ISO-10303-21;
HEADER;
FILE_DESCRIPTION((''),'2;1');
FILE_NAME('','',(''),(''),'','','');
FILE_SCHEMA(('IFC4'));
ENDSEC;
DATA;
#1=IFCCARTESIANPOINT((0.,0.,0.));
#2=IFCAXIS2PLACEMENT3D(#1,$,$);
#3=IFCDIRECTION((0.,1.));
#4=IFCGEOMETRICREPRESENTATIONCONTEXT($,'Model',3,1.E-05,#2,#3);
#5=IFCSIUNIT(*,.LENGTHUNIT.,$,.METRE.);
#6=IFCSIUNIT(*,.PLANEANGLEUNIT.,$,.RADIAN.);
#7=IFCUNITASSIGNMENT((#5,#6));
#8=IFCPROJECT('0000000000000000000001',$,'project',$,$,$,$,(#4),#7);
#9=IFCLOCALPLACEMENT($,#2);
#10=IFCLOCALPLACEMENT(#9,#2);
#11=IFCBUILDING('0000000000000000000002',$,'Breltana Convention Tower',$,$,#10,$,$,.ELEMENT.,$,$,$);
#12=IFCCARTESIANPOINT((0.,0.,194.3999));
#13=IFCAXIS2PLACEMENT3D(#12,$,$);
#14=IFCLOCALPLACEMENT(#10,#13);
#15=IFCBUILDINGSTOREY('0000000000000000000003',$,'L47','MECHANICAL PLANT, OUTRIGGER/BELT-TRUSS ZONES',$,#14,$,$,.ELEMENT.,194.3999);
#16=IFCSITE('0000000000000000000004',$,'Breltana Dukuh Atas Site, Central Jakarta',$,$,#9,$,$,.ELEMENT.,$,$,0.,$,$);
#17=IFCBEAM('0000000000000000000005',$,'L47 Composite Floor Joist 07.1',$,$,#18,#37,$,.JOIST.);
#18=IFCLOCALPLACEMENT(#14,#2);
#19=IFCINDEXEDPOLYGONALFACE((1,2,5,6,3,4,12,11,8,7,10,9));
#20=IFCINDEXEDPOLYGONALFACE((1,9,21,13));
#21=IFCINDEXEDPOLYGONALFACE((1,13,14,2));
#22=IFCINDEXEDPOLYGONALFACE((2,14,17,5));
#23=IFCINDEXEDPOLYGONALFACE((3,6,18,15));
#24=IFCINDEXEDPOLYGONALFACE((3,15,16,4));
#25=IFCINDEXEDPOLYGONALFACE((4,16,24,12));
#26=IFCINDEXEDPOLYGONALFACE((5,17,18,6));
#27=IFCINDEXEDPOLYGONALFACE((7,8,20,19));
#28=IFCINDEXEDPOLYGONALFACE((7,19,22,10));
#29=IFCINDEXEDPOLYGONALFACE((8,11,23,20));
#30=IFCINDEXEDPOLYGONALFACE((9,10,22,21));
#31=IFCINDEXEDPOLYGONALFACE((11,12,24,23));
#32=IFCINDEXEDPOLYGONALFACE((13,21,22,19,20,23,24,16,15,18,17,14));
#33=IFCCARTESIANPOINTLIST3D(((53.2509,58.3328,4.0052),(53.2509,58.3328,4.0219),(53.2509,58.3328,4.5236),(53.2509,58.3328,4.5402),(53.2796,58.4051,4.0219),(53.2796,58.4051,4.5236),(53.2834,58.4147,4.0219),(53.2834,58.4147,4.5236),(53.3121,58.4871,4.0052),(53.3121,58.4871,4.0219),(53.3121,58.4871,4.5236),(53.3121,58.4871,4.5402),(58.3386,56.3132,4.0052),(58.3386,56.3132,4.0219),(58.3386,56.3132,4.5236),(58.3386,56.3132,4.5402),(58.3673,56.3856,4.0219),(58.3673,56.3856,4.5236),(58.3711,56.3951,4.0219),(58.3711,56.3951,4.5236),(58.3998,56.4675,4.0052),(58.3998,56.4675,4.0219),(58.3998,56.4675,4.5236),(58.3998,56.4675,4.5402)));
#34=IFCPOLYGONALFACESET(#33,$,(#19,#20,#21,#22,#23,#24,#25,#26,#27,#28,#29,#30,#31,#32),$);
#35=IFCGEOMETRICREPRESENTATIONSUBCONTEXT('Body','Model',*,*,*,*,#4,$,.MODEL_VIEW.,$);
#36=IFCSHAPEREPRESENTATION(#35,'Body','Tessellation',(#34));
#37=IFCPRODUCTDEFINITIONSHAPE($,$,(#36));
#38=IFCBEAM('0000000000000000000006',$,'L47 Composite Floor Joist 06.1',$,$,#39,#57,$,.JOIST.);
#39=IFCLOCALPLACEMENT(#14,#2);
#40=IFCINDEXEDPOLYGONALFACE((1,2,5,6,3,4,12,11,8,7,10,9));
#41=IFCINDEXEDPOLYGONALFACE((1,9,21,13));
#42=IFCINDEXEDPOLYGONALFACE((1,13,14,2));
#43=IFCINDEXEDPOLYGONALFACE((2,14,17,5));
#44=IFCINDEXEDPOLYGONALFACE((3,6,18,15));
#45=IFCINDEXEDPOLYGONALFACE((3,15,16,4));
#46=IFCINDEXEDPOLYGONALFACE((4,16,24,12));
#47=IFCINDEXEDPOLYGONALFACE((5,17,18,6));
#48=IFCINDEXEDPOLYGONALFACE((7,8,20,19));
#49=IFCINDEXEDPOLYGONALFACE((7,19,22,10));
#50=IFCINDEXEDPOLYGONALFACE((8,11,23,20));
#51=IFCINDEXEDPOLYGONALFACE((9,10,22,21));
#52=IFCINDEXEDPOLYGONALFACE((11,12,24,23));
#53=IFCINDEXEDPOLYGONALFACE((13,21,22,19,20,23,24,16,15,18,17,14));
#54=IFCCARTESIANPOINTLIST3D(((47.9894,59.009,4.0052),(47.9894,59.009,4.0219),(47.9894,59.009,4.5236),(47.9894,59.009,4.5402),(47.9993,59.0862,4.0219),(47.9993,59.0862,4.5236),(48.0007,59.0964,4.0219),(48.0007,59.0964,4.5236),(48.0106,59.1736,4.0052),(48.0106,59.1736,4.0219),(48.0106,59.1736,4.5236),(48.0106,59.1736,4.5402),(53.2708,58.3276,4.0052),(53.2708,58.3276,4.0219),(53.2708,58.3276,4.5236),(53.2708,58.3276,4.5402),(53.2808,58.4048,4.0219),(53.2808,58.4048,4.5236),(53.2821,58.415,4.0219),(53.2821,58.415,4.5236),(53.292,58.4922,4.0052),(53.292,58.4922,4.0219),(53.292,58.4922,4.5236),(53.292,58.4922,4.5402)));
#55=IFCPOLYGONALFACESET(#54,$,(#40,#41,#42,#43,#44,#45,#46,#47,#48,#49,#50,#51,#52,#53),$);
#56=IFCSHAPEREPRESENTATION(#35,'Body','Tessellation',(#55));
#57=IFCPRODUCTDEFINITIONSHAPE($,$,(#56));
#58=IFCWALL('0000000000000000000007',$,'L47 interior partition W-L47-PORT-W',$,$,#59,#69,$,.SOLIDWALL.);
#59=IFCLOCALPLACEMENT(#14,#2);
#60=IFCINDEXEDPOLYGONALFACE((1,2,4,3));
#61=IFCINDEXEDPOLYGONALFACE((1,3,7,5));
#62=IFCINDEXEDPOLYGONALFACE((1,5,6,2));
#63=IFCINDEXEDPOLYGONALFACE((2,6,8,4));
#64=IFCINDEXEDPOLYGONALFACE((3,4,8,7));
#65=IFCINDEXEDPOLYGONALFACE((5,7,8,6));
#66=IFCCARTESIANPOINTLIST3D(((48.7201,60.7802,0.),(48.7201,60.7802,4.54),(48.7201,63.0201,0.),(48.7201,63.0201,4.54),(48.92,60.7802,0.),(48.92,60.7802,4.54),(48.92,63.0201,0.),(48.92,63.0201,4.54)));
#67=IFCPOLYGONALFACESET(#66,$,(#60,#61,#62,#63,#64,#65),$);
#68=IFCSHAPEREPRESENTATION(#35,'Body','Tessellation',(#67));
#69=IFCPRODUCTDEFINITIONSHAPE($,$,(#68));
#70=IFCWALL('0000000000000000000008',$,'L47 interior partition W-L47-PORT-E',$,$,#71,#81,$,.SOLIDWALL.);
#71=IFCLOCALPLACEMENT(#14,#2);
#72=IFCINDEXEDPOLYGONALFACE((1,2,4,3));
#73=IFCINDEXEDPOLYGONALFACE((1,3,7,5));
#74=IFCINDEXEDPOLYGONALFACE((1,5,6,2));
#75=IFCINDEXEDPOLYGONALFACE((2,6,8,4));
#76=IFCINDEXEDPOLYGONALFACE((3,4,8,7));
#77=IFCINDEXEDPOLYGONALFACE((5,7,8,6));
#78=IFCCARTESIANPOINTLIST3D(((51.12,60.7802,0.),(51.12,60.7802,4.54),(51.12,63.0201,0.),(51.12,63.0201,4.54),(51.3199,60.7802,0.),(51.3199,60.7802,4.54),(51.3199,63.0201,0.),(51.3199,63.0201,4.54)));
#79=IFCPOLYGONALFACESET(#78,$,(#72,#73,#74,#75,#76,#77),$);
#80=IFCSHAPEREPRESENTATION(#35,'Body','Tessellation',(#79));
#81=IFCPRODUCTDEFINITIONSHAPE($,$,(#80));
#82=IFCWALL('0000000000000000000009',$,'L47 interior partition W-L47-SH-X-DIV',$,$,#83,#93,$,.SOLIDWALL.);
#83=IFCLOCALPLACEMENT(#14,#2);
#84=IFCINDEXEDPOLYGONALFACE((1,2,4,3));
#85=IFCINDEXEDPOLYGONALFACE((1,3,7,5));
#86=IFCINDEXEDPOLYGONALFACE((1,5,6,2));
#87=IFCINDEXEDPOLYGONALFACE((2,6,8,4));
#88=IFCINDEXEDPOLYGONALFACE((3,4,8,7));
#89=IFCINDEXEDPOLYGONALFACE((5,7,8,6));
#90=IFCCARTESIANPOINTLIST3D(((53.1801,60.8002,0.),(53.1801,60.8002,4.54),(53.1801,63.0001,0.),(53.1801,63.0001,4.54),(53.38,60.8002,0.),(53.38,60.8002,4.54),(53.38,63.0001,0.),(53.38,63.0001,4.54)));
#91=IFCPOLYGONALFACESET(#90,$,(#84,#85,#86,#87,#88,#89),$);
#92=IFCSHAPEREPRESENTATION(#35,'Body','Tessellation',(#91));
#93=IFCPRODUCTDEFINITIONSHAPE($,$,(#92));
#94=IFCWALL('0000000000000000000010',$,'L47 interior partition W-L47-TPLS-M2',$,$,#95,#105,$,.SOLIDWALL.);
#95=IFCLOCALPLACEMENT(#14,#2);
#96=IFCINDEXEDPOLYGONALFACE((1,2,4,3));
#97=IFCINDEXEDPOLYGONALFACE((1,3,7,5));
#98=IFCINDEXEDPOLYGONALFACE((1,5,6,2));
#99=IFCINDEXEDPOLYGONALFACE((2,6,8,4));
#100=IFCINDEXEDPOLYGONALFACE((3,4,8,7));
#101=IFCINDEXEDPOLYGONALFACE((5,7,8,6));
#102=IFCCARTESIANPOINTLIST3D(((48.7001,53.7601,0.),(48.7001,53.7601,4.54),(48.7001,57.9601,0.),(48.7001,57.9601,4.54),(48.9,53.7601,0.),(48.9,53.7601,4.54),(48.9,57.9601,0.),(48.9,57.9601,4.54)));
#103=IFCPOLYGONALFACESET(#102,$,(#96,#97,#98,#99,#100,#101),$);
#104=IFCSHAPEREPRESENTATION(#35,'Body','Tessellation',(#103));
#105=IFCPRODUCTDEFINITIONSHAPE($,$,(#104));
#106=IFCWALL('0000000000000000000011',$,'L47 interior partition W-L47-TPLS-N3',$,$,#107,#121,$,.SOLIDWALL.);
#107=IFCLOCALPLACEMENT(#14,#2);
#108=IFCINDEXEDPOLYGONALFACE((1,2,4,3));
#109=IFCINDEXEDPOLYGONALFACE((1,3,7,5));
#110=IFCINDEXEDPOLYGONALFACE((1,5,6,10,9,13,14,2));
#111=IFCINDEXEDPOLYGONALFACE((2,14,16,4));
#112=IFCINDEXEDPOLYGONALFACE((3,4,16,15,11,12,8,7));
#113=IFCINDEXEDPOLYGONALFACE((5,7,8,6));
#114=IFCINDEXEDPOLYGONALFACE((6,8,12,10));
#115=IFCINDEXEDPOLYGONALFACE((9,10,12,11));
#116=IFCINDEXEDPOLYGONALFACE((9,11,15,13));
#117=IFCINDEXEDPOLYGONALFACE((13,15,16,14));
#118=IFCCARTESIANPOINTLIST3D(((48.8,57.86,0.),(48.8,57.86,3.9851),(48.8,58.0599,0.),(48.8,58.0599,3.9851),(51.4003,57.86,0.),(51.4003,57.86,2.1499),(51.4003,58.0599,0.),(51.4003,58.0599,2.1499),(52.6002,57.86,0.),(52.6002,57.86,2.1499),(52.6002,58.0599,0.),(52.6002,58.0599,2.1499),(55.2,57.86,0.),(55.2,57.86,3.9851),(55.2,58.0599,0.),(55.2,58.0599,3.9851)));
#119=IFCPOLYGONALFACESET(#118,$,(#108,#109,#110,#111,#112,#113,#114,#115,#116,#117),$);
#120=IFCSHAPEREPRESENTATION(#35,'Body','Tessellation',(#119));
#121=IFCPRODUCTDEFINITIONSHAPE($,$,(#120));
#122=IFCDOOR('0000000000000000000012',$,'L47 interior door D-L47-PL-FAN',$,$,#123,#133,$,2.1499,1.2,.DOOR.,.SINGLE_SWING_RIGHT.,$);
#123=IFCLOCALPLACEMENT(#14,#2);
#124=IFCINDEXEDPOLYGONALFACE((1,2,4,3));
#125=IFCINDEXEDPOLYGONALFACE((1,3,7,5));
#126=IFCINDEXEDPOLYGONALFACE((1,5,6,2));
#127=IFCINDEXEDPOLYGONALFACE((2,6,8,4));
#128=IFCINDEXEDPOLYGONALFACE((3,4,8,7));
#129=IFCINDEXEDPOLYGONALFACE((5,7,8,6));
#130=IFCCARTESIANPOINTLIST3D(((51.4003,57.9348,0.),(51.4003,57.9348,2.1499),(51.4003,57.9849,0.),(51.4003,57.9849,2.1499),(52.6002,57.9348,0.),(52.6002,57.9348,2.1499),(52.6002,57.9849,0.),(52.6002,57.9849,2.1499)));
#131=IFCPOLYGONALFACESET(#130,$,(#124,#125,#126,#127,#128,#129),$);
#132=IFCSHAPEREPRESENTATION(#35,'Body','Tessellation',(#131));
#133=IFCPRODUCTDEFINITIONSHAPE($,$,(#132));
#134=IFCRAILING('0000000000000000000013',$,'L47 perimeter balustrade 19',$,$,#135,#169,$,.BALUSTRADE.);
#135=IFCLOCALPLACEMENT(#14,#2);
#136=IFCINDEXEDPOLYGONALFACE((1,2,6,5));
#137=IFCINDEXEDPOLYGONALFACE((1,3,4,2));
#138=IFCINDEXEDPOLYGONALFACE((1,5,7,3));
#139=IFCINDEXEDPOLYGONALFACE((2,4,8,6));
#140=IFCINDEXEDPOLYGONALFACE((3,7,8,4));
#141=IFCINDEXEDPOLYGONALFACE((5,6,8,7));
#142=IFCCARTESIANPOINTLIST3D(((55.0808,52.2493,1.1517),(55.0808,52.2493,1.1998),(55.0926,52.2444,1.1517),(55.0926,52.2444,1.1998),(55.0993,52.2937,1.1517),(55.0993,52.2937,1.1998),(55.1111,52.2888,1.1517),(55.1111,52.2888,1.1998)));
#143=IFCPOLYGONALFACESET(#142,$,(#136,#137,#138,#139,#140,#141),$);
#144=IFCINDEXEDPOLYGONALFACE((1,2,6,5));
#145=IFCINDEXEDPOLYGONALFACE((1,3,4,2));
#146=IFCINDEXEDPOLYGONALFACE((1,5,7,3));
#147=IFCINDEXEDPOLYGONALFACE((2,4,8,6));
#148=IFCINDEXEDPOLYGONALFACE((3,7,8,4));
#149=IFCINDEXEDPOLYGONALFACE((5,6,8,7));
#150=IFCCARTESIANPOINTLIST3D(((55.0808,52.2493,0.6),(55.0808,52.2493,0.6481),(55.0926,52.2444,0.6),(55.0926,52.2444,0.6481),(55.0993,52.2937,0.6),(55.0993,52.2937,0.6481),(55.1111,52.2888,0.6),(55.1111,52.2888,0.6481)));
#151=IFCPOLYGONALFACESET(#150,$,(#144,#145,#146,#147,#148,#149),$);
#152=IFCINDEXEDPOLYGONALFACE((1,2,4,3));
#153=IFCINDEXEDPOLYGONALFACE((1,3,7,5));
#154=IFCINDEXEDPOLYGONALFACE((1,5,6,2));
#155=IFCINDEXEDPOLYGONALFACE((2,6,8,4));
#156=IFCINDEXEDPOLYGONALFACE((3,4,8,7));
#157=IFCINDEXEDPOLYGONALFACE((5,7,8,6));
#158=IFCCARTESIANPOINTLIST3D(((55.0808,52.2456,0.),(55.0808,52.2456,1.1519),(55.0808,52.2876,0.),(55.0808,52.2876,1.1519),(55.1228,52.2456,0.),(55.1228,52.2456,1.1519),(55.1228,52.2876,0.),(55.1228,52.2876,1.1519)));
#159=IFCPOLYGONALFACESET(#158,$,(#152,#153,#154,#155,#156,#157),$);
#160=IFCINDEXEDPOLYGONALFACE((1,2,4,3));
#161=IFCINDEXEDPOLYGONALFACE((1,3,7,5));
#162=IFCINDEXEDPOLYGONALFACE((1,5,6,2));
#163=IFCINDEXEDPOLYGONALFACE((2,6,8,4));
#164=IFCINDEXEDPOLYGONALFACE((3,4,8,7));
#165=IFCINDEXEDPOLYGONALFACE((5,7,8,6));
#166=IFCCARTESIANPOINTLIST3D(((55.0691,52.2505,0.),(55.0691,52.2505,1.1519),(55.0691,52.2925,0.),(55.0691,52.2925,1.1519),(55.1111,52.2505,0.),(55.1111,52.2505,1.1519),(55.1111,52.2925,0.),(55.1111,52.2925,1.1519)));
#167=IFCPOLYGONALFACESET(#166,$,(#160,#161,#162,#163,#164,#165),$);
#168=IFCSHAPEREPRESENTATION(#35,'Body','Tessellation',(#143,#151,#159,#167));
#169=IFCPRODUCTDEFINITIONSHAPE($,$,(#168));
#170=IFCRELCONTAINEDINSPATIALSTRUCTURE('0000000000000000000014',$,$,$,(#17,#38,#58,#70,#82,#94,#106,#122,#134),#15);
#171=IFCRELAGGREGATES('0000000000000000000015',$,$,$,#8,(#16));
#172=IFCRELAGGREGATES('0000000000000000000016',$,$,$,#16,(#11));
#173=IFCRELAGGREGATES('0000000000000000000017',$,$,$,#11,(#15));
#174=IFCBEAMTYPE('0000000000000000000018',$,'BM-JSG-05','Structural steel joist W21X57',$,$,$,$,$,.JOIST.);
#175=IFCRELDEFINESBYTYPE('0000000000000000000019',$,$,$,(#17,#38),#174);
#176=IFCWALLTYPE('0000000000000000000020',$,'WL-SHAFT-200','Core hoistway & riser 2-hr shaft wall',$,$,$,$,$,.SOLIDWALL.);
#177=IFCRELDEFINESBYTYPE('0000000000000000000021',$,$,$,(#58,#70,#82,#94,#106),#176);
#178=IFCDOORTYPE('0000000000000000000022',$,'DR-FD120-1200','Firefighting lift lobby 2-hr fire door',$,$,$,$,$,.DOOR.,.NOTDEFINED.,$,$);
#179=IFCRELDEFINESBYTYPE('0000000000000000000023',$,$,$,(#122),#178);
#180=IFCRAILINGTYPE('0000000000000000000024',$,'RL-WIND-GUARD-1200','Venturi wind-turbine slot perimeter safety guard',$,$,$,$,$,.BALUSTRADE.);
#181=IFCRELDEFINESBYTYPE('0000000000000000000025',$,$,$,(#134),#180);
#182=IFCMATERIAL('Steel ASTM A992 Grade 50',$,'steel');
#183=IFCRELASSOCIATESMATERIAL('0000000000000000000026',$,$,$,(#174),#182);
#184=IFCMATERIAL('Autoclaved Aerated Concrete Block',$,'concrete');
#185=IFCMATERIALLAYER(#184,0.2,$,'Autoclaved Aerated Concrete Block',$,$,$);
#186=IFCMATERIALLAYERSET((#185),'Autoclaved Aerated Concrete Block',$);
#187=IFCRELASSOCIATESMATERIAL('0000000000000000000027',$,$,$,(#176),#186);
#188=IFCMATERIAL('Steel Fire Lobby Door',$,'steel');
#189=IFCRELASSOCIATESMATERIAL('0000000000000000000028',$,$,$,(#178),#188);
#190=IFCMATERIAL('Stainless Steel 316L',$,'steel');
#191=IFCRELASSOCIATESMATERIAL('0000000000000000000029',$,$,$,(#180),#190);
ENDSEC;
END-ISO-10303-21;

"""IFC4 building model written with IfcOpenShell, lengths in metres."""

from ifc_helpers import new_model, si_unit, direction, frame, frame_2d, origin, origin_2d, place, context, subcontext, project, spatial, rectangle, i_section, extrude, source, transform, mapped, material, layer, layer_set, material_profile, profile_set, type_object, type_shapes, element, fill, save


model = new_model("IFC4")

# Units and contexts
model_context = context("Model", 3, precision=1e-05, world=origin(), true_north=direction((0.0, 1.0)))
body_context = subcontext(model_context, "Body", "Model", "MODEL_VIEW")
ifc_project = project(units=[si_unit("LENGTHUNIT", "METRE"), si_unit("PLANEANGLEUNIT", "RADIAN")], contexts=[model_context])

# Site, building, storey
site_placement = place(None, origin())
site = spatial("IfcSite", under=ifc_project, at=site_placement, Name="Breltana Dukuh Atas Site, Central Jakarta", CompositionType="ELEMENT", RefElevation=0.0)
building_placement = place(site_placement, origin())
building = spatial("IfcBuilding", under=site, at=building_placement, Name="Breltana Convention Tower", CompositionType="ELEMENT")
storey_placement = place(building_placement, frame((0.0, 0.0, 194.3999)))
storey = spatial("IfcBuildingStorey", under=building, at=storey_placement, Name="L47", Description="MECHANICAL PLANT, OUTRIGGER/BELT-TRUSS ZONES", CompositionType="ELEMENT", Elevation=194.3999)

# Beams
ifc_material_1 = material(Name="Steel ASTM A992 Grade 50", Category="steel")
ifc_material_profile_1 = material_profile(ifc_material_1, i_section(OverallWidth=0.166, OverallDepth=0.5349, WebThickness=0.0103, FlangeThickness=0.0166, at=origin_2d()), Name="W21X57")
ifc_profile_set_1 = profile_set([ifc_material_profile_1], Name="Steel ASTM A992 Grade 50")
beam_type_1 = type_object("IfcBeamType", Name="BM-JSG-05", Description="Structural steel joist W21X57", PredefinedType="JOIST", material=ifc_profile_set_1)
shared_shape_1 = source(origin(), body_context, "Body", "SweptSolid", [
    extrude(i_section(OverallWidth=0.166, OverallDepth=0.5349, WebThickness=0.0103, FlangeThickness=0.0166, at=origin_2d()), origin(), (0.0, 0.0, 1.0), 5.4739),
])
beam_1_placement = place(storey_placement, frame((53.2815, 58.4099, 4.2727), z_axis=(0.929452, -0.368944, 0.0), x_axis=(0.368944, 0.929452, 0.0)))
element("IfcBeam", 1, at=beam_1_placement, inside=storey, type_object=beam_type_1, Name="L47 Composite Floor Joist 07.1", PredefinedType="JOIST", context=body_context, shape_type="MappedRepresentation", body=[
    mapped(shared_shape_1, transform((0.0, 0.0, 0.0), scale=1.0)),
])
shared_shape_2 = source(origin(), body_context, "Body", "SweptSolid", [
    extrude(i_section(OverallWidth=0.166, OverallDepth=0.5349, WebThickness=0.0103, FlangeThickness=0.0166, at=origin_2d()), origin(), (0.0, 0.0, 1.0), 5.3252),
])
beam_2_placement = place(storey_placement, frame((48.0, 59.0913, 4.2727), z_axis=(0.99178, -0.127955, 0.0), x_axis=(0.127955, 0.99178, 0.0)))
element("IfcBeam", 2, at=beam_2_placement, inside=storey, type_object=beam_type_1, Name="L47 Composite Floor Joist 06.1", PredefinedType="JOIST", context=body_context, shape_type="MappedRepresentation", body=[
    mapped(shared_shape_2, transform((0.0, 0.0, 0.0), scale=1.0)),
])

# Walls
ifc_material_2 = material(Name="Autoclaved Aerated Concrete Block", Category="concrete")
ifc_layer = layer(ifc_material_2, 0.2, Name="Autoclaved Aerated Concrete Block")
ifc_layer_set = layer_set([ifc_layer], Name="Autoclaved Aerated Concrete Block")
wall_type = type_object("IfcWallType", Name="WL-SHAFT-200", Description="Core hoistway & riser 2-hr shaft wall", PredefinedType="SOLIDWALL", material=ifc_layer_set)
shared_shape_3 = source(origin(), body_context, "Body", "SweptSolid", [
    extrude(rectangle(XDim=2.24, YDim=0.2, at=frame_2d((1.1201, 0.0))), origin(), (0.0, 0.0, 1.0), 4.54),
])
for number, where, z_axis, x_axis, name in (
    (3, (48.8201, 60.78, 0.0), (0.0, 0.0, 1.0), (0.0, 1.0, 0.0), "L47 interior partition W-L47-PORT-W"),
    (4, (51.22, 60.78, 0.0), (0.0, 0.0, 1.0), (0.0, 1.0, 0.0), "L47 interior partition W-L47-PORT-E"),
):
    element("IfcWall", number, at=place(storey_placement, frame(where, z_axis=z_axis, x_axis=x_axis)), inside=storey, type_object=wall_type, Name=name, PredefinedType="SOLIDWALL", context=body_context, shape_type="MappedRepresentation", body=[
        mapped(shared_shape_3, transform((0.0, 0.0, 0.0), scale=1.0)),
    ])
shared_shape_4 = source(origin(), body_context, "Body", "SweptSolid", [
    extrude(rectangle(XDim=2.2, YDim=0.2, at=frame_2d((1.1001, 0.0))), origin(), (0.0, 0.0, 1.0), 4.54),
])
wall_1_placement = place(storey_placement, frame((53.28, 60.8, 0.0), z_axis=(0.0, 0.0, 1.0), x_axis=(0.0, 1.0, 0.0)))
element("IfcWall", 5, at=wall_1_placement, inside=storey, type_object=wall_type, Name="L47 interior partition W-L47-SH-X-DIV", PredefinedType="SOLIDWALL", context=body_context, shape_type="MappedRepresentation", body=[
    mapped(shared_shape_4, transform((0.0, 0.0, 0.0), scale=1.0)),
])
shared_shape_5 = source(origin(), body_context, "Body", "SweptSolid", [
    extrude(rectangle(XDim=4.2, YDim=0.2, at=frame_2d((2.1001, 0.0))), origin(), (0.0, 0.0, 1.0), 4.54),
])
wall_2_placement = place(storey_placement, frame((48.8, 53.76, 0.0), z_axis=(0.0, 0.0, 1.0), x_axis=(0.0, 1.0, 0.0)))
element("IfcWall", 6, at=wall_2_placement, inside=storey, type_object=wall_type, Name="L47 interior partition W-L47-TPLS-M2", PredefinedType="SOLIDWALL", context=body_context, shape_type="MappedRepresentation", body=[
    mapped(shared_shape_5, transform((0.0, 0.0, 0.0), scale=1.0)),
])

# Wall, opening, door
shared_shape_6 = source(origin(), body_context, "Body", "SweptSolid", [
    extrude(rectangle(XDim=6.3999, YDim=0.2, at=frame_2d((3.2, 0.0))), origin(), (0.0, 0.0, 1.0), 3.9851),
])
wall_3_placement = place(storey_placement, frame((48.8, 57.96, 0.0), z_axis=(0.0, 0.0, 1.0), x_axis=(1.0, 0.0, 0.0)))
wall_3 = element("IfcWall", 7, at=wall_3_placement, inside=storey, type_object=wall_type, Name="L47 interior partition W-L47-TPLS-N3", PredefinedType="SOLIDWALL", context=body_context, shape_type="MappedRepresentation", body=[
    mapped(shared_shape_6, transform((0.0, 0.0, 0.0), scale=1.0)),
])
opening_placement = place(wall_3_placement, frame((2.6001, 0.0, 0.0)))
opening = element("IfcOpeningElement", 8, at=opening_placement, cuts=wall_3, PredefinedType="OPENING", context=body_context, shape_type="SweptSolid", body=[
    extrude(rectangle(XDim=1.2, YDim=2.1499, at=frame_2d((0.6001, 1.075))), frame((0.0, 0.1099, 0.0), z_axis=(0.0, -1.0, 0.0), x_axis=(1.0, 0.0, 0.0)), (0.0, 0.0, 1.0), 0.22),
])
ifc_material_3 = material(Name="Steel Fire Lobby Door", Category="steel")
door_type = type_object("IfcDoorType", Name="DR-FD120-1200", Description="Firefighting lift lobby 2-hr fire door", OperationType="NOTDEFINED", PredefinedType="DOOR", material=ifc_material_3)
shared_shape_7 = source(origin(), body_context, "Body", "SweptSolid", [
    extrude(rectangle(XDim=1.2, YDim=2.1499, at=frame_2d((0.6001, 1.075))), frame((0.0, 0.0249, 0.0), z_axis=(0.0, -1.0, 0.0), x_axis=(1.0, 0.0, 0.0)), (0.0, 0.0, 1.0), 0.05),
])
type_shapes(door_type, [shared_shape_7])
door_placement = place(opening_placement, origin())
door = element("IfcDoor", 9, at=door_placement, inside=storey, type_object=door_type, Name="L47 interior door D-L47-PL-FAN", OperationType="SINGLE_SWING_RIGHT", OverallHeight=2.1499, OverallWidth=1.2, PredefinedType="DOOR", context=body_context, shape_type="MappedRepresentation", body=[
    mapped(shared_shape_7, transform((0.0, 0.0, 0.0), scale=1.0)),
])
fill(opening, door)

# Railing
ifc_material_4 = material(Name="Stainless Steel 316L", Category="steel")
railing_type = type_object("IfcRailingType", Name="RL-WIND-GUARD-1200", Description="Venturi wind-turbine slot perimeter safety guard", PredefinedType="BALUSTRADE", material=ifc_material_4)
railing_1_placement = place(storey_placement, frame((55.1018, 52.2666, 0.0)))
element("IfcRailing", 10, at=railing_1_placement, inside=storey, type_object=railing_type, Name="L47 perimeter balustrade 19", PredefinedType="BALUSTRADE", context=body_context, shape_type="SweptSolid", body=[
    extrude(rectangle(XDim=0.0481, YDim=0.0481, at=origin_2d()), frame((0.0, 0.0, 1.1758), z_axis=(-0.923077, 0.384615, 0.0), x_axis=(-0.384615, -0.923077, 0.0)), (0.0, 0.0, 1.0), 0.0127),
    extrude(rectangle(XDim=0.0481, YDim=0.0481, at=origin_2d()), frame((0.0, 0.0, 0.624), z_axis=(-0.923077, 0.384615, 0.0), x_axis=(-0.384615, -0.923077, 0.0)), (0.0, 0.0, 1.0), 0.0127),
    extrude(rectangle(XDim=0.042, YDim=0.042, at=origin_2d()), origin(), (0.0, 0.0, 1.0), 1.1519),
    extrude(rectangle(XDim=0.042, YDim=0.042, at=origin_2d()), frame((-0.0117, 0.0049, 0.0)), (0.0, 0.0, 1.0), 1.1519),
])

save(model, "model.ifc")
